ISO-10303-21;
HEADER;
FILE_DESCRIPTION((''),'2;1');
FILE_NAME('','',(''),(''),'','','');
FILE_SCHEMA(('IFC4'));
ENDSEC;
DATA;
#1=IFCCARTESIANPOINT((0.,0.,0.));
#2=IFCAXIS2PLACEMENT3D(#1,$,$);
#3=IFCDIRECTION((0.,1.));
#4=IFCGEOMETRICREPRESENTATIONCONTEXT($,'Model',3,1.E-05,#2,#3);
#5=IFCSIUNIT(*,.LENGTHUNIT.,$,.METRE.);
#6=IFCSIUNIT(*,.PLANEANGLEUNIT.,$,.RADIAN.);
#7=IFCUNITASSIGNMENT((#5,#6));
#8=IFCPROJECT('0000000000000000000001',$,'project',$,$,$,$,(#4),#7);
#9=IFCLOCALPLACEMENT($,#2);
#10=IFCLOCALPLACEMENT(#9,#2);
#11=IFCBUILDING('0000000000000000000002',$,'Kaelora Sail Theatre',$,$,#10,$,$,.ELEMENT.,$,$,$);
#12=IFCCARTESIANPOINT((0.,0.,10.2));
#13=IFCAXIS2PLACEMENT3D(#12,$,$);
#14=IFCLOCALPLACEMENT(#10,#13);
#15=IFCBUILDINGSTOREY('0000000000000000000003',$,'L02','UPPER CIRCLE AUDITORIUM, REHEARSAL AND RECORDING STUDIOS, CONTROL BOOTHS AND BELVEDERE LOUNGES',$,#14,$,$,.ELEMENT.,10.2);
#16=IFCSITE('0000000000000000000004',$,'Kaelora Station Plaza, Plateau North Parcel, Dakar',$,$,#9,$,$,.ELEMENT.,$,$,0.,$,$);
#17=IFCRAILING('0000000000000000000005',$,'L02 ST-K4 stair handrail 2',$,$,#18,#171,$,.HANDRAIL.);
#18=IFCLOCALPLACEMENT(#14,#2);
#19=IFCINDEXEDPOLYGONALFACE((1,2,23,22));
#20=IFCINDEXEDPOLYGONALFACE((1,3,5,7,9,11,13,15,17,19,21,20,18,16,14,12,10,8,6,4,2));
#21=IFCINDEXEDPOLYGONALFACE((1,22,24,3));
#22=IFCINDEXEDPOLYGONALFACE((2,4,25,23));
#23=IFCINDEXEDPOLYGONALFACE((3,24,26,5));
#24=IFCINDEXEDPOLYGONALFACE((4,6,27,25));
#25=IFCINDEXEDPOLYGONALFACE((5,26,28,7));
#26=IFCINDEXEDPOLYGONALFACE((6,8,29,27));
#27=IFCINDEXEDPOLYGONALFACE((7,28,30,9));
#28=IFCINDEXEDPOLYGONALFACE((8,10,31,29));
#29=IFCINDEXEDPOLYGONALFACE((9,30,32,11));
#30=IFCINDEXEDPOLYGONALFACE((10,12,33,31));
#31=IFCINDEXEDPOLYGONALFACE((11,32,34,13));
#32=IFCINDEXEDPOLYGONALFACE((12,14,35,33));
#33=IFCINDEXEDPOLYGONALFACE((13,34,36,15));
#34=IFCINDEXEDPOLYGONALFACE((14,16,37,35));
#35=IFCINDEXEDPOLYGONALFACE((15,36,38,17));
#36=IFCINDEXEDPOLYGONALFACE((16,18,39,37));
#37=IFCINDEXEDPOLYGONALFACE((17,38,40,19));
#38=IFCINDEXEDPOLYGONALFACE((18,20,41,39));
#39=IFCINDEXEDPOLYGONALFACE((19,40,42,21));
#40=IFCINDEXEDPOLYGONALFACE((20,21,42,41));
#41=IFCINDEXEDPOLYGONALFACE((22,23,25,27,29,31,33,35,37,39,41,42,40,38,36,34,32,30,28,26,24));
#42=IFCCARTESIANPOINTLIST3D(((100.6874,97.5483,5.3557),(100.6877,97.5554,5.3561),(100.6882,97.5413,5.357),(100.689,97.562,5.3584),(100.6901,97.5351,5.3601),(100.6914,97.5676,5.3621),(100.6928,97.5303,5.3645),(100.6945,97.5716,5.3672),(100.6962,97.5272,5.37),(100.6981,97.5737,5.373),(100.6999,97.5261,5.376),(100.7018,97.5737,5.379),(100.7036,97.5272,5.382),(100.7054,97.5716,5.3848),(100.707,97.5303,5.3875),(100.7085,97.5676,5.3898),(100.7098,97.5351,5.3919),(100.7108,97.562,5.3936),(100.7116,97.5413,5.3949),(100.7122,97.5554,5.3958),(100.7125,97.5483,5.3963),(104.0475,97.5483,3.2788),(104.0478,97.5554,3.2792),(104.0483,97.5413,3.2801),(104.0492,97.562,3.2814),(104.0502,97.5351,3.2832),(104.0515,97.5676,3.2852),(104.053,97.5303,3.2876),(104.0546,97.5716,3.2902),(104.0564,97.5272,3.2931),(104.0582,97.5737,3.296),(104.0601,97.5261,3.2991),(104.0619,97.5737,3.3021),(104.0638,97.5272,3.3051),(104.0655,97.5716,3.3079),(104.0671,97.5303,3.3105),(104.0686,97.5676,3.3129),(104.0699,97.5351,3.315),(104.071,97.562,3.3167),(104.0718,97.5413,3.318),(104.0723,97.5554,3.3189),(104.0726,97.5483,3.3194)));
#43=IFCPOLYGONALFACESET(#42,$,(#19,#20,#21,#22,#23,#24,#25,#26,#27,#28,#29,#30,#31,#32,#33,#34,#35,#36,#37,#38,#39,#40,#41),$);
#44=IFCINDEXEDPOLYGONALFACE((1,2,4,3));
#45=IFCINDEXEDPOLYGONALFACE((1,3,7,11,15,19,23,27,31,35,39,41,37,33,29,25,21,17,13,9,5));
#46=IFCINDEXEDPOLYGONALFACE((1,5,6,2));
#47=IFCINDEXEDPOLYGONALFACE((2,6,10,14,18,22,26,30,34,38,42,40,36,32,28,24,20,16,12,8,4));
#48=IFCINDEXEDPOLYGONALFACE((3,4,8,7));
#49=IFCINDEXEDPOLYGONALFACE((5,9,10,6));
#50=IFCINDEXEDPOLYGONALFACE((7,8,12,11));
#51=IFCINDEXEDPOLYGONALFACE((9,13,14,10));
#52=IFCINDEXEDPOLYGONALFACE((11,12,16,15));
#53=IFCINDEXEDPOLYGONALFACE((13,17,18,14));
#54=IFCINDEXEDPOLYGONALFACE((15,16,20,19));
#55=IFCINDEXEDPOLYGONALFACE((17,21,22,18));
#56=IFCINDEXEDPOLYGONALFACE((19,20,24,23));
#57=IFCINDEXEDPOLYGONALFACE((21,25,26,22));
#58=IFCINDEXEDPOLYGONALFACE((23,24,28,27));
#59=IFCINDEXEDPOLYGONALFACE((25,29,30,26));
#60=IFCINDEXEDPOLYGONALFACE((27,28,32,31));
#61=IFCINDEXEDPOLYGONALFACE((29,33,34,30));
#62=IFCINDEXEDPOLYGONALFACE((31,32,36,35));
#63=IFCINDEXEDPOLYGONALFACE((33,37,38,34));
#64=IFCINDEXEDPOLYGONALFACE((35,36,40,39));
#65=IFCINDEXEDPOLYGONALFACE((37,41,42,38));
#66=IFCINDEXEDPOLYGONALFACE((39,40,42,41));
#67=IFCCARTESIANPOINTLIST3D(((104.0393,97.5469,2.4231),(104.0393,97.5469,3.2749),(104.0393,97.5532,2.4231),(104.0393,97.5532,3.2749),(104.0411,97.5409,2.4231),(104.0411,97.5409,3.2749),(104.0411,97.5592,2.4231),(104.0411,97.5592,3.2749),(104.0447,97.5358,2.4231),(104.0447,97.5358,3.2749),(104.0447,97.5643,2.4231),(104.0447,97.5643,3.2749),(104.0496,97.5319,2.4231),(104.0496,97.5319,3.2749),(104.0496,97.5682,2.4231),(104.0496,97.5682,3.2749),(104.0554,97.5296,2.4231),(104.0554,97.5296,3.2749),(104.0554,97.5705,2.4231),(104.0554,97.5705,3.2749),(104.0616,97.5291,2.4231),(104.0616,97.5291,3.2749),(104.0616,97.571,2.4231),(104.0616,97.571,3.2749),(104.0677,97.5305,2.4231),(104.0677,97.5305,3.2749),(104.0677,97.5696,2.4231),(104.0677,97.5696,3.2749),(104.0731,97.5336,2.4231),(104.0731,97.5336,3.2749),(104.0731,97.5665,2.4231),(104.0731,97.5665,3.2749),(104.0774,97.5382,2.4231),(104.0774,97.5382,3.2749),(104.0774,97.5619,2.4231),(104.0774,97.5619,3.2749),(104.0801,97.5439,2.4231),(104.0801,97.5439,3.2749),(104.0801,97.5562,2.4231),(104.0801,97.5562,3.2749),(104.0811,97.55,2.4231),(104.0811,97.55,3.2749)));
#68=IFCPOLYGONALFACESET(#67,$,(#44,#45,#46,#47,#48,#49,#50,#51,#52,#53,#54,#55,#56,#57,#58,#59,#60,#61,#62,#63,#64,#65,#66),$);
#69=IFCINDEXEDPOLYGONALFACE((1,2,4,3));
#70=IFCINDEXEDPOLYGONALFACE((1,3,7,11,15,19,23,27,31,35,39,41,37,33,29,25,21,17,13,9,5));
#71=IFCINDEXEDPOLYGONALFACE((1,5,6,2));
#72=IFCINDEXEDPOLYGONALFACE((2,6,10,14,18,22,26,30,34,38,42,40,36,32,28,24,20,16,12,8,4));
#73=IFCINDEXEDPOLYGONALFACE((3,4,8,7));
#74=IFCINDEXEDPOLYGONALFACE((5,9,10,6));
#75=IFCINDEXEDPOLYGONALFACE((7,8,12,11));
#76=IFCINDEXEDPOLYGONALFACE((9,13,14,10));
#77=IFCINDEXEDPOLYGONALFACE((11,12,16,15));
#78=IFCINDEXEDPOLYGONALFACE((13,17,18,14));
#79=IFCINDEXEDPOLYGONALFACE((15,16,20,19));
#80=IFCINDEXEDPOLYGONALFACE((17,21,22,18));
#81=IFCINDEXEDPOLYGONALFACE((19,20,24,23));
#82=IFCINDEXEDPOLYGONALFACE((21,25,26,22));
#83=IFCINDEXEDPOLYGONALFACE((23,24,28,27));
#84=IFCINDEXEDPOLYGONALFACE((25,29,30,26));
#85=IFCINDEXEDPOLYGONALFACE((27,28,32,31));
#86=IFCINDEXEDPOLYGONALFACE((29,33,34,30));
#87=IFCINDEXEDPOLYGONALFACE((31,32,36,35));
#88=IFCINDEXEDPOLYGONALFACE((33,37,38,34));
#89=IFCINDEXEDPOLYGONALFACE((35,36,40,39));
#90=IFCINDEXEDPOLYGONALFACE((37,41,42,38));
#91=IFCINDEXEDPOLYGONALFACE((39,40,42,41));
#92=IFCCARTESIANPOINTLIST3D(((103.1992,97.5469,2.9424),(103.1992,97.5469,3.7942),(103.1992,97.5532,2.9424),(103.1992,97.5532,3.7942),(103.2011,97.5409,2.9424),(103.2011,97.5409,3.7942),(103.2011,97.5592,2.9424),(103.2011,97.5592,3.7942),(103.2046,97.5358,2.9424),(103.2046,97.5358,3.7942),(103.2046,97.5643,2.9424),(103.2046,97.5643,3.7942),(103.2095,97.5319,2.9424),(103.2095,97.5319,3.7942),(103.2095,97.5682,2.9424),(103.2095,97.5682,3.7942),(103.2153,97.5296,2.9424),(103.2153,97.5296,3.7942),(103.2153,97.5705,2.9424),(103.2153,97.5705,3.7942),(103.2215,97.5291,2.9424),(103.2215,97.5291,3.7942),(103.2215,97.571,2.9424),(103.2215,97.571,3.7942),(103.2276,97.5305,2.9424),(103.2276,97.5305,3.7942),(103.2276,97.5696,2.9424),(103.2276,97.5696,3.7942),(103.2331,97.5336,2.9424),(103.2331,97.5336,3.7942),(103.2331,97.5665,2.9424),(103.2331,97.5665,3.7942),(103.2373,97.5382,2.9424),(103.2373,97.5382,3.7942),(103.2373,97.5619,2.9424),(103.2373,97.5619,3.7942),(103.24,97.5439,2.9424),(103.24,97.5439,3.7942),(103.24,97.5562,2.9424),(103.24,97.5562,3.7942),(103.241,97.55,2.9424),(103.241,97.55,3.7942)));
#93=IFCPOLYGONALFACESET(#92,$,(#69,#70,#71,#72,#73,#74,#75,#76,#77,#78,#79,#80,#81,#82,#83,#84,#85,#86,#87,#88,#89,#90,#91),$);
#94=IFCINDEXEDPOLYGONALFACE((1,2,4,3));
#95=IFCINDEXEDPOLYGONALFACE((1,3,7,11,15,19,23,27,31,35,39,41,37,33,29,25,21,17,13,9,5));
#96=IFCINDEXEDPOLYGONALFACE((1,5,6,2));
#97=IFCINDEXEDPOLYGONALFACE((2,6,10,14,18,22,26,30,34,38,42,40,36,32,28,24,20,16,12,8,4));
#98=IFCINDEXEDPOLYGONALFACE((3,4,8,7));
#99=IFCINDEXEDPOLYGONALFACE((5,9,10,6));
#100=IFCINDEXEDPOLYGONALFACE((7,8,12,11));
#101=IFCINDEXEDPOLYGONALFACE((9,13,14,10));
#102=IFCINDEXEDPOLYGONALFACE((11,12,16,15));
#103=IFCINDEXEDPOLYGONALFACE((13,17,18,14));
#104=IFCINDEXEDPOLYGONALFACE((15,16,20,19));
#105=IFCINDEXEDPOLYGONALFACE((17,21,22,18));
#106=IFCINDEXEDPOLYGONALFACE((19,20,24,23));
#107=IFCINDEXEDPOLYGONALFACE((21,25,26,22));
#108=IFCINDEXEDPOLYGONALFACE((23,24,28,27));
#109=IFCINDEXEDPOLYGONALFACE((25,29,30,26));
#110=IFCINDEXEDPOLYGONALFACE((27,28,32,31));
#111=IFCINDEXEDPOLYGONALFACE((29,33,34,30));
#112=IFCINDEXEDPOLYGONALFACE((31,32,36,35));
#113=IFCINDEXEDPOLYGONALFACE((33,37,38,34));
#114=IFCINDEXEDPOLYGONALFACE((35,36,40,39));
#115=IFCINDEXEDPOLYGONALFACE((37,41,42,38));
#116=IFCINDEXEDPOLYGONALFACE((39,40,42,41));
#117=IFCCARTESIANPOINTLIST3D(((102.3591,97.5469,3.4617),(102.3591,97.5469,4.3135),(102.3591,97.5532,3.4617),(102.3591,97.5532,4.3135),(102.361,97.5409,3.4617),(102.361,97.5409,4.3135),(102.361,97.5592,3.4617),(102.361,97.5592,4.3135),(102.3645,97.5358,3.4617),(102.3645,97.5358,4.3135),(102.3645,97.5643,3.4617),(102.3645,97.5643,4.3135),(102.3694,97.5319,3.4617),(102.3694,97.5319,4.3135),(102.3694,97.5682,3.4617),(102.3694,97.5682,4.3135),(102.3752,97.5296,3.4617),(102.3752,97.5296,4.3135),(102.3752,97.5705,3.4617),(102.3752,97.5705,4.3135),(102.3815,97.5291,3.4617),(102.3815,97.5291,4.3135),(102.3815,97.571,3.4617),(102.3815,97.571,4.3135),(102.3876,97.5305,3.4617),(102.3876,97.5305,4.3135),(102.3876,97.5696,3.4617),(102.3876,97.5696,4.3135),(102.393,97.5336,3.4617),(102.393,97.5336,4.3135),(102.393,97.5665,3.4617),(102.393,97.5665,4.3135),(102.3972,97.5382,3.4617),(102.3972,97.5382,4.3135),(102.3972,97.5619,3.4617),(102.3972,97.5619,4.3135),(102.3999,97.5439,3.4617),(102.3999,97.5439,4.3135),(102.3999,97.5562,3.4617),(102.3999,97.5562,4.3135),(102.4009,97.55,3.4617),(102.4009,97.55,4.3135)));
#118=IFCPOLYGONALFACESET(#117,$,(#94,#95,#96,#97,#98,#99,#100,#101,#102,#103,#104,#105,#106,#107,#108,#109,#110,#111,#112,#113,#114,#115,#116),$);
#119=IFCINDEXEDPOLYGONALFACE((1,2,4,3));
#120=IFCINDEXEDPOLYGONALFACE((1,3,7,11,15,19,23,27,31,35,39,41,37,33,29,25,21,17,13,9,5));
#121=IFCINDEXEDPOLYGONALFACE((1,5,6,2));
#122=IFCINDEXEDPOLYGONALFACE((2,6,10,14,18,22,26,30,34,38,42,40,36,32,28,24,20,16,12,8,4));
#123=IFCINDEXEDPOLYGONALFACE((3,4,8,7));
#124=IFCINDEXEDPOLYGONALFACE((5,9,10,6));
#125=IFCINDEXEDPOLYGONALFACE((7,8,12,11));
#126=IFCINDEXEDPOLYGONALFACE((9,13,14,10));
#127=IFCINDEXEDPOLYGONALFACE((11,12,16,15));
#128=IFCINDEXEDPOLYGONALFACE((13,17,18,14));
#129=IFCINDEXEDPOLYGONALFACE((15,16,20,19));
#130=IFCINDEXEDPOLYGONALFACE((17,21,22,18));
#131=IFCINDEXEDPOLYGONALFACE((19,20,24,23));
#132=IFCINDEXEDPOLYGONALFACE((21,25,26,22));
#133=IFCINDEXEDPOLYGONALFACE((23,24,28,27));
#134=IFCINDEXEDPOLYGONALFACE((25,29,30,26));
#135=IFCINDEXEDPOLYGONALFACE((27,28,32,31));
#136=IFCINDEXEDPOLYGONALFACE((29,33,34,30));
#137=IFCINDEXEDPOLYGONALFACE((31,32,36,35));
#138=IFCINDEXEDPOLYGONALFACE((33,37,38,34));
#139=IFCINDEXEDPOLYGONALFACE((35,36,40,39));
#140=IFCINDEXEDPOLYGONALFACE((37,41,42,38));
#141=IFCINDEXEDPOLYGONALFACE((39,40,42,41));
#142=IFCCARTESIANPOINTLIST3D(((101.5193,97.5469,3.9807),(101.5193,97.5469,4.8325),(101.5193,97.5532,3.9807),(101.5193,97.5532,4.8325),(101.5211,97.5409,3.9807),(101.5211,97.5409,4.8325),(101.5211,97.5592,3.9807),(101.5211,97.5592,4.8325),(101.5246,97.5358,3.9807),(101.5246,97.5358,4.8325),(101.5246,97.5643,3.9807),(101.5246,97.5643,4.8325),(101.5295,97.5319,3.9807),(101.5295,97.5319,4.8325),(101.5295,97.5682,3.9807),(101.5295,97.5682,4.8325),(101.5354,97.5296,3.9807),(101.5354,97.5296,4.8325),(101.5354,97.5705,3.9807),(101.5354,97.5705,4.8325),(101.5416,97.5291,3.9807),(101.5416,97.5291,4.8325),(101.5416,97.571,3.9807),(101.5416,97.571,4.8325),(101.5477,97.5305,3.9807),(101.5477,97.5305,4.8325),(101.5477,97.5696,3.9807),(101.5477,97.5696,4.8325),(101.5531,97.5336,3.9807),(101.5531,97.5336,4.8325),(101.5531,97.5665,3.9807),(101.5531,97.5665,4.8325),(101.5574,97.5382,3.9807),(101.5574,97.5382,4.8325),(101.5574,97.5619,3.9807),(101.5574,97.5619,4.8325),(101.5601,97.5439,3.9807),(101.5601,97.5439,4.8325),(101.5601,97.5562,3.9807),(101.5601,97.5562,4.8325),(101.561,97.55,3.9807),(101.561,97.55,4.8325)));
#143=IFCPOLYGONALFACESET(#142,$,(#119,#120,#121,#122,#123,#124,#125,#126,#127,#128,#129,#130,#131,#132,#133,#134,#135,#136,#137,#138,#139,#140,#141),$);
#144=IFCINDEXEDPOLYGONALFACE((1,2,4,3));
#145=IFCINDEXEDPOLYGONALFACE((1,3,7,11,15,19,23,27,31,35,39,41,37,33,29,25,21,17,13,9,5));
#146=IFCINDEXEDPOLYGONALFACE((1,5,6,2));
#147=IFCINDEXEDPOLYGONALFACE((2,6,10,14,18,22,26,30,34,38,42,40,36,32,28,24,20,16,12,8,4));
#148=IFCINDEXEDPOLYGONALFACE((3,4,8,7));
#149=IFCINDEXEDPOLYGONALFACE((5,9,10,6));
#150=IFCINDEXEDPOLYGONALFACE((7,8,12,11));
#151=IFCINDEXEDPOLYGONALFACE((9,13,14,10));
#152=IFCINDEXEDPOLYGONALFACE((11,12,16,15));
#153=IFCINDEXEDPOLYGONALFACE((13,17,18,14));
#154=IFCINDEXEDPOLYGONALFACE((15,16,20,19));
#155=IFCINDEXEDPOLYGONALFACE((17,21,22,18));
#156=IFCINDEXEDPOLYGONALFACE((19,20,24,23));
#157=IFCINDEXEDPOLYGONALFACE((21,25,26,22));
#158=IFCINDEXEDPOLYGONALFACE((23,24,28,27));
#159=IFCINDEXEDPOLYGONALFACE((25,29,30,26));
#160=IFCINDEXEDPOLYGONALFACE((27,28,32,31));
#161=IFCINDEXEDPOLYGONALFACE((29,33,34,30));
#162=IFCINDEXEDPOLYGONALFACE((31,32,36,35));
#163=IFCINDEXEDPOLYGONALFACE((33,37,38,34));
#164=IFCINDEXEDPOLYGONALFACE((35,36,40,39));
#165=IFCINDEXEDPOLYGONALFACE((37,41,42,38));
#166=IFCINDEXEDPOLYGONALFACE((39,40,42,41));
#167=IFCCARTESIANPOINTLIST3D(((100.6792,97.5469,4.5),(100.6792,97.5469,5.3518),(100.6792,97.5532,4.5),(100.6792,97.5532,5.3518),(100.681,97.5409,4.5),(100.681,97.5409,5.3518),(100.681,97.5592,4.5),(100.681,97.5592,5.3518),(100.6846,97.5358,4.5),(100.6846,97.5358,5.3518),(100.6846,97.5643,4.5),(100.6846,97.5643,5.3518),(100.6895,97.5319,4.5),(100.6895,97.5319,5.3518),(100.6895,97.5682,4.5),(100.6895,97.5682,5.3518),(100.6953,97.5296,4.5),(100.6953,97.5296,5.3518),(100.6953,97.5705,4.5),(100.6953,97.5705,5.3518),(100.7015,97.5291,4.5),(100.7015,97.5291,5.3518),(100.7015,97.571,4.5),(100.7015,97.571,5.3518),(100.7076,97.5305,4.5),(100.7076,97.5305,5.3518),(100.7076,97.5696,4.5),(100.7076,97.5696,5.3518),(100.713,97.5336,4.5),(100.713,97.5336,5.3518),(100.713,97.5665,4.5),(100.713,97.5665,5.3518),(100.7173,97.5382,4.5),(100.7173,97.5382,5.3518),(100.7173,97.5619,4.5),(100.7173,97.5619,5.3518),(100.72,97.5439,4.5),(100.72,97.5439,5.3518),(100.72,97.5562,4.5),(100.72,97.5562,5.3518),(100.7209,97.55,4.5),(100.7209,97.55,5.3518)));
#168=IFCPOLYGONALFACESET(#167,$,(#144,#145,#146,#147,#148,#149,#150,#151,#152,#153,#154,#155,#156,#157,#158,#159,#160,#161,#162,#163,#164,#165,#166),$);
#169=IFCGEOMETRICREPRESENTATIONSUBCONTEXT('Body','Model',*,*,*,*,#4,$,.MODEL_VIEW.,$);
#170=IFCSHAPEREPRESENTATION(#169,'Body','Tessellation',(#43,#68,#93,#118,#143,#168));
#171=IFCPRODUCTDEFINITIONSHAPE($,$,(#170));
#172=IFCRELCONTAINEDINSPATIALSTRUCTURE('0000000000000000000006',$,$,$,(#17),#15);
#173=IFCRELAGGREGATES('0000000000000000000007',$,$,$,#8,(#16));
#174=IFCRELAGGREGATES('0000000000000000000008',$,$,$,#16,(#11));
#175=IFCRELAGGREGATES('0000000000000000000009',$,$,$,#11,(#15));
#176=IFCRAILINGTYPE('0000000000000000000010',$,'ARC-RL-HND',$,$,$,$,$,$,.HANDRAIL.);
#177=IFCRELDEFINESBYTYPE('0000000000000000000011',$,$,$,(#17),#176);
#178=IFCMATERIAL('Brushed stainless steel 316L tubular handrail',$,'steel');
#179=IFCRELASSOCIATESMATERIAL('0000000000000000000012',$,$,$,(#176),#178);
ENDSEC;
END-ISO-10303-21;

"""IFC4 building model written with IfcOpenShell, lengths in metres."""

from ifc_helpers import new_model, si_unit, direction, frame, origin, origin_2d, place, context, subcontext, project, spatial, circle, extrude, material, type_object, element, save


model = new_model("IFC4")

# Units and contexts
model_context = context("Model", 3, precision=1e-05, world=origin(), true_north=direction((0.0, 1.0)))
body_context = subcontext(model_context, "Body", "Model", "MODEL_VIEW")
ifc_project = project(units=[si_unit("LENGTHUNIT", "METRE"), si_unit("PLANEANGLEUNIT", "RADIAN")], contexts=[model_context])

# Site, building, storey
site_placement = place(None, origin())
site = spatial("IfcSite", under=ifc_project, at=site_placement, Name="Kaelora Station Plaza, Plateau North Parcel, Dakar", CompositionType="ELEMENT", RefElevation=0.0)
building_placement = place(site_placement, origin())
building = spatial("IfcBuilding", under=site, at=building_placement, Name="Kaelora Sail Theatre", CompositionType="ELEMENT")
storey_placement = place(building_placement, frame((0.0, 0.0, 10.2)))
storey = spatial("IfcBuildingStorey", under=building, at=storey_placement, Name="L02", Description="UPPER CIRCLE AUDITORIUM, REHEARSAL AND RECORDING STUDIOS, CONTROL BOOTHS AND BELVEDERE LOUNGES", CompositionType="ELEMENT", Elevation=10.2)

# Railing
ifc_material_1 = material(Name="Brushed stainless steel 316L tubular handrail", Category="steel")
railing_type_1 = type_object("IfcRailingType", Name="ARC-RL-HND", PredefinedType="HANDRAIL", material=ifc_material_1)
railing_1_placement = place(storey_placement, frame((104.0601, 97.55, 2.4231)))
element("IfcRailing", 1, at=railing_1_placement, inside=storey, type_object=railing_type_1, Name="L02 ST-K4 stair handrail 2", PredefinedType="HANDRAIL", context=body_context, shape_type="SweptSolid", body=[
    extrude(circle(Radius=0.0239, at=origin_2d()), frame((0.0, 0.0, 0.876), z_axis=(-0.850623, 0.0, 0.525776), x_axis=(0.0, -1.0, 0.0)), (0.0, 0.0, 1.0), 3.9502),
    extrude(circle(Radius=0.021, at=origin_2d()), origin(), (0.0, 0.0, 1.0), 0.8518),
    extrude(circle(Radius=0.021, at=origin_2d()), frame((-0.8401, 0.0, 0.5193)), (0.0, 0.0, 1.0), 0.8518),
    extrude(circle(Radius=0.021, at=origin_2d()), frame((-1.6802, 0.0, 1.0386)), (0.0, 0.0, 1.0), 0.8518),
    extrude(circle(Radius=0.021, at=origin_2d()), frame((-2.52, 0.0, 1.5576)), (0.0, 0.0, 1.0), 0.8518),
    extrude(circle(Radius=0.021, at=origin_2d()), frame((-3.3601, 0.0, 2.0769)), (0.0, 0.0, 1.0), 0.8518),
])

save(model, "model.ifc")
